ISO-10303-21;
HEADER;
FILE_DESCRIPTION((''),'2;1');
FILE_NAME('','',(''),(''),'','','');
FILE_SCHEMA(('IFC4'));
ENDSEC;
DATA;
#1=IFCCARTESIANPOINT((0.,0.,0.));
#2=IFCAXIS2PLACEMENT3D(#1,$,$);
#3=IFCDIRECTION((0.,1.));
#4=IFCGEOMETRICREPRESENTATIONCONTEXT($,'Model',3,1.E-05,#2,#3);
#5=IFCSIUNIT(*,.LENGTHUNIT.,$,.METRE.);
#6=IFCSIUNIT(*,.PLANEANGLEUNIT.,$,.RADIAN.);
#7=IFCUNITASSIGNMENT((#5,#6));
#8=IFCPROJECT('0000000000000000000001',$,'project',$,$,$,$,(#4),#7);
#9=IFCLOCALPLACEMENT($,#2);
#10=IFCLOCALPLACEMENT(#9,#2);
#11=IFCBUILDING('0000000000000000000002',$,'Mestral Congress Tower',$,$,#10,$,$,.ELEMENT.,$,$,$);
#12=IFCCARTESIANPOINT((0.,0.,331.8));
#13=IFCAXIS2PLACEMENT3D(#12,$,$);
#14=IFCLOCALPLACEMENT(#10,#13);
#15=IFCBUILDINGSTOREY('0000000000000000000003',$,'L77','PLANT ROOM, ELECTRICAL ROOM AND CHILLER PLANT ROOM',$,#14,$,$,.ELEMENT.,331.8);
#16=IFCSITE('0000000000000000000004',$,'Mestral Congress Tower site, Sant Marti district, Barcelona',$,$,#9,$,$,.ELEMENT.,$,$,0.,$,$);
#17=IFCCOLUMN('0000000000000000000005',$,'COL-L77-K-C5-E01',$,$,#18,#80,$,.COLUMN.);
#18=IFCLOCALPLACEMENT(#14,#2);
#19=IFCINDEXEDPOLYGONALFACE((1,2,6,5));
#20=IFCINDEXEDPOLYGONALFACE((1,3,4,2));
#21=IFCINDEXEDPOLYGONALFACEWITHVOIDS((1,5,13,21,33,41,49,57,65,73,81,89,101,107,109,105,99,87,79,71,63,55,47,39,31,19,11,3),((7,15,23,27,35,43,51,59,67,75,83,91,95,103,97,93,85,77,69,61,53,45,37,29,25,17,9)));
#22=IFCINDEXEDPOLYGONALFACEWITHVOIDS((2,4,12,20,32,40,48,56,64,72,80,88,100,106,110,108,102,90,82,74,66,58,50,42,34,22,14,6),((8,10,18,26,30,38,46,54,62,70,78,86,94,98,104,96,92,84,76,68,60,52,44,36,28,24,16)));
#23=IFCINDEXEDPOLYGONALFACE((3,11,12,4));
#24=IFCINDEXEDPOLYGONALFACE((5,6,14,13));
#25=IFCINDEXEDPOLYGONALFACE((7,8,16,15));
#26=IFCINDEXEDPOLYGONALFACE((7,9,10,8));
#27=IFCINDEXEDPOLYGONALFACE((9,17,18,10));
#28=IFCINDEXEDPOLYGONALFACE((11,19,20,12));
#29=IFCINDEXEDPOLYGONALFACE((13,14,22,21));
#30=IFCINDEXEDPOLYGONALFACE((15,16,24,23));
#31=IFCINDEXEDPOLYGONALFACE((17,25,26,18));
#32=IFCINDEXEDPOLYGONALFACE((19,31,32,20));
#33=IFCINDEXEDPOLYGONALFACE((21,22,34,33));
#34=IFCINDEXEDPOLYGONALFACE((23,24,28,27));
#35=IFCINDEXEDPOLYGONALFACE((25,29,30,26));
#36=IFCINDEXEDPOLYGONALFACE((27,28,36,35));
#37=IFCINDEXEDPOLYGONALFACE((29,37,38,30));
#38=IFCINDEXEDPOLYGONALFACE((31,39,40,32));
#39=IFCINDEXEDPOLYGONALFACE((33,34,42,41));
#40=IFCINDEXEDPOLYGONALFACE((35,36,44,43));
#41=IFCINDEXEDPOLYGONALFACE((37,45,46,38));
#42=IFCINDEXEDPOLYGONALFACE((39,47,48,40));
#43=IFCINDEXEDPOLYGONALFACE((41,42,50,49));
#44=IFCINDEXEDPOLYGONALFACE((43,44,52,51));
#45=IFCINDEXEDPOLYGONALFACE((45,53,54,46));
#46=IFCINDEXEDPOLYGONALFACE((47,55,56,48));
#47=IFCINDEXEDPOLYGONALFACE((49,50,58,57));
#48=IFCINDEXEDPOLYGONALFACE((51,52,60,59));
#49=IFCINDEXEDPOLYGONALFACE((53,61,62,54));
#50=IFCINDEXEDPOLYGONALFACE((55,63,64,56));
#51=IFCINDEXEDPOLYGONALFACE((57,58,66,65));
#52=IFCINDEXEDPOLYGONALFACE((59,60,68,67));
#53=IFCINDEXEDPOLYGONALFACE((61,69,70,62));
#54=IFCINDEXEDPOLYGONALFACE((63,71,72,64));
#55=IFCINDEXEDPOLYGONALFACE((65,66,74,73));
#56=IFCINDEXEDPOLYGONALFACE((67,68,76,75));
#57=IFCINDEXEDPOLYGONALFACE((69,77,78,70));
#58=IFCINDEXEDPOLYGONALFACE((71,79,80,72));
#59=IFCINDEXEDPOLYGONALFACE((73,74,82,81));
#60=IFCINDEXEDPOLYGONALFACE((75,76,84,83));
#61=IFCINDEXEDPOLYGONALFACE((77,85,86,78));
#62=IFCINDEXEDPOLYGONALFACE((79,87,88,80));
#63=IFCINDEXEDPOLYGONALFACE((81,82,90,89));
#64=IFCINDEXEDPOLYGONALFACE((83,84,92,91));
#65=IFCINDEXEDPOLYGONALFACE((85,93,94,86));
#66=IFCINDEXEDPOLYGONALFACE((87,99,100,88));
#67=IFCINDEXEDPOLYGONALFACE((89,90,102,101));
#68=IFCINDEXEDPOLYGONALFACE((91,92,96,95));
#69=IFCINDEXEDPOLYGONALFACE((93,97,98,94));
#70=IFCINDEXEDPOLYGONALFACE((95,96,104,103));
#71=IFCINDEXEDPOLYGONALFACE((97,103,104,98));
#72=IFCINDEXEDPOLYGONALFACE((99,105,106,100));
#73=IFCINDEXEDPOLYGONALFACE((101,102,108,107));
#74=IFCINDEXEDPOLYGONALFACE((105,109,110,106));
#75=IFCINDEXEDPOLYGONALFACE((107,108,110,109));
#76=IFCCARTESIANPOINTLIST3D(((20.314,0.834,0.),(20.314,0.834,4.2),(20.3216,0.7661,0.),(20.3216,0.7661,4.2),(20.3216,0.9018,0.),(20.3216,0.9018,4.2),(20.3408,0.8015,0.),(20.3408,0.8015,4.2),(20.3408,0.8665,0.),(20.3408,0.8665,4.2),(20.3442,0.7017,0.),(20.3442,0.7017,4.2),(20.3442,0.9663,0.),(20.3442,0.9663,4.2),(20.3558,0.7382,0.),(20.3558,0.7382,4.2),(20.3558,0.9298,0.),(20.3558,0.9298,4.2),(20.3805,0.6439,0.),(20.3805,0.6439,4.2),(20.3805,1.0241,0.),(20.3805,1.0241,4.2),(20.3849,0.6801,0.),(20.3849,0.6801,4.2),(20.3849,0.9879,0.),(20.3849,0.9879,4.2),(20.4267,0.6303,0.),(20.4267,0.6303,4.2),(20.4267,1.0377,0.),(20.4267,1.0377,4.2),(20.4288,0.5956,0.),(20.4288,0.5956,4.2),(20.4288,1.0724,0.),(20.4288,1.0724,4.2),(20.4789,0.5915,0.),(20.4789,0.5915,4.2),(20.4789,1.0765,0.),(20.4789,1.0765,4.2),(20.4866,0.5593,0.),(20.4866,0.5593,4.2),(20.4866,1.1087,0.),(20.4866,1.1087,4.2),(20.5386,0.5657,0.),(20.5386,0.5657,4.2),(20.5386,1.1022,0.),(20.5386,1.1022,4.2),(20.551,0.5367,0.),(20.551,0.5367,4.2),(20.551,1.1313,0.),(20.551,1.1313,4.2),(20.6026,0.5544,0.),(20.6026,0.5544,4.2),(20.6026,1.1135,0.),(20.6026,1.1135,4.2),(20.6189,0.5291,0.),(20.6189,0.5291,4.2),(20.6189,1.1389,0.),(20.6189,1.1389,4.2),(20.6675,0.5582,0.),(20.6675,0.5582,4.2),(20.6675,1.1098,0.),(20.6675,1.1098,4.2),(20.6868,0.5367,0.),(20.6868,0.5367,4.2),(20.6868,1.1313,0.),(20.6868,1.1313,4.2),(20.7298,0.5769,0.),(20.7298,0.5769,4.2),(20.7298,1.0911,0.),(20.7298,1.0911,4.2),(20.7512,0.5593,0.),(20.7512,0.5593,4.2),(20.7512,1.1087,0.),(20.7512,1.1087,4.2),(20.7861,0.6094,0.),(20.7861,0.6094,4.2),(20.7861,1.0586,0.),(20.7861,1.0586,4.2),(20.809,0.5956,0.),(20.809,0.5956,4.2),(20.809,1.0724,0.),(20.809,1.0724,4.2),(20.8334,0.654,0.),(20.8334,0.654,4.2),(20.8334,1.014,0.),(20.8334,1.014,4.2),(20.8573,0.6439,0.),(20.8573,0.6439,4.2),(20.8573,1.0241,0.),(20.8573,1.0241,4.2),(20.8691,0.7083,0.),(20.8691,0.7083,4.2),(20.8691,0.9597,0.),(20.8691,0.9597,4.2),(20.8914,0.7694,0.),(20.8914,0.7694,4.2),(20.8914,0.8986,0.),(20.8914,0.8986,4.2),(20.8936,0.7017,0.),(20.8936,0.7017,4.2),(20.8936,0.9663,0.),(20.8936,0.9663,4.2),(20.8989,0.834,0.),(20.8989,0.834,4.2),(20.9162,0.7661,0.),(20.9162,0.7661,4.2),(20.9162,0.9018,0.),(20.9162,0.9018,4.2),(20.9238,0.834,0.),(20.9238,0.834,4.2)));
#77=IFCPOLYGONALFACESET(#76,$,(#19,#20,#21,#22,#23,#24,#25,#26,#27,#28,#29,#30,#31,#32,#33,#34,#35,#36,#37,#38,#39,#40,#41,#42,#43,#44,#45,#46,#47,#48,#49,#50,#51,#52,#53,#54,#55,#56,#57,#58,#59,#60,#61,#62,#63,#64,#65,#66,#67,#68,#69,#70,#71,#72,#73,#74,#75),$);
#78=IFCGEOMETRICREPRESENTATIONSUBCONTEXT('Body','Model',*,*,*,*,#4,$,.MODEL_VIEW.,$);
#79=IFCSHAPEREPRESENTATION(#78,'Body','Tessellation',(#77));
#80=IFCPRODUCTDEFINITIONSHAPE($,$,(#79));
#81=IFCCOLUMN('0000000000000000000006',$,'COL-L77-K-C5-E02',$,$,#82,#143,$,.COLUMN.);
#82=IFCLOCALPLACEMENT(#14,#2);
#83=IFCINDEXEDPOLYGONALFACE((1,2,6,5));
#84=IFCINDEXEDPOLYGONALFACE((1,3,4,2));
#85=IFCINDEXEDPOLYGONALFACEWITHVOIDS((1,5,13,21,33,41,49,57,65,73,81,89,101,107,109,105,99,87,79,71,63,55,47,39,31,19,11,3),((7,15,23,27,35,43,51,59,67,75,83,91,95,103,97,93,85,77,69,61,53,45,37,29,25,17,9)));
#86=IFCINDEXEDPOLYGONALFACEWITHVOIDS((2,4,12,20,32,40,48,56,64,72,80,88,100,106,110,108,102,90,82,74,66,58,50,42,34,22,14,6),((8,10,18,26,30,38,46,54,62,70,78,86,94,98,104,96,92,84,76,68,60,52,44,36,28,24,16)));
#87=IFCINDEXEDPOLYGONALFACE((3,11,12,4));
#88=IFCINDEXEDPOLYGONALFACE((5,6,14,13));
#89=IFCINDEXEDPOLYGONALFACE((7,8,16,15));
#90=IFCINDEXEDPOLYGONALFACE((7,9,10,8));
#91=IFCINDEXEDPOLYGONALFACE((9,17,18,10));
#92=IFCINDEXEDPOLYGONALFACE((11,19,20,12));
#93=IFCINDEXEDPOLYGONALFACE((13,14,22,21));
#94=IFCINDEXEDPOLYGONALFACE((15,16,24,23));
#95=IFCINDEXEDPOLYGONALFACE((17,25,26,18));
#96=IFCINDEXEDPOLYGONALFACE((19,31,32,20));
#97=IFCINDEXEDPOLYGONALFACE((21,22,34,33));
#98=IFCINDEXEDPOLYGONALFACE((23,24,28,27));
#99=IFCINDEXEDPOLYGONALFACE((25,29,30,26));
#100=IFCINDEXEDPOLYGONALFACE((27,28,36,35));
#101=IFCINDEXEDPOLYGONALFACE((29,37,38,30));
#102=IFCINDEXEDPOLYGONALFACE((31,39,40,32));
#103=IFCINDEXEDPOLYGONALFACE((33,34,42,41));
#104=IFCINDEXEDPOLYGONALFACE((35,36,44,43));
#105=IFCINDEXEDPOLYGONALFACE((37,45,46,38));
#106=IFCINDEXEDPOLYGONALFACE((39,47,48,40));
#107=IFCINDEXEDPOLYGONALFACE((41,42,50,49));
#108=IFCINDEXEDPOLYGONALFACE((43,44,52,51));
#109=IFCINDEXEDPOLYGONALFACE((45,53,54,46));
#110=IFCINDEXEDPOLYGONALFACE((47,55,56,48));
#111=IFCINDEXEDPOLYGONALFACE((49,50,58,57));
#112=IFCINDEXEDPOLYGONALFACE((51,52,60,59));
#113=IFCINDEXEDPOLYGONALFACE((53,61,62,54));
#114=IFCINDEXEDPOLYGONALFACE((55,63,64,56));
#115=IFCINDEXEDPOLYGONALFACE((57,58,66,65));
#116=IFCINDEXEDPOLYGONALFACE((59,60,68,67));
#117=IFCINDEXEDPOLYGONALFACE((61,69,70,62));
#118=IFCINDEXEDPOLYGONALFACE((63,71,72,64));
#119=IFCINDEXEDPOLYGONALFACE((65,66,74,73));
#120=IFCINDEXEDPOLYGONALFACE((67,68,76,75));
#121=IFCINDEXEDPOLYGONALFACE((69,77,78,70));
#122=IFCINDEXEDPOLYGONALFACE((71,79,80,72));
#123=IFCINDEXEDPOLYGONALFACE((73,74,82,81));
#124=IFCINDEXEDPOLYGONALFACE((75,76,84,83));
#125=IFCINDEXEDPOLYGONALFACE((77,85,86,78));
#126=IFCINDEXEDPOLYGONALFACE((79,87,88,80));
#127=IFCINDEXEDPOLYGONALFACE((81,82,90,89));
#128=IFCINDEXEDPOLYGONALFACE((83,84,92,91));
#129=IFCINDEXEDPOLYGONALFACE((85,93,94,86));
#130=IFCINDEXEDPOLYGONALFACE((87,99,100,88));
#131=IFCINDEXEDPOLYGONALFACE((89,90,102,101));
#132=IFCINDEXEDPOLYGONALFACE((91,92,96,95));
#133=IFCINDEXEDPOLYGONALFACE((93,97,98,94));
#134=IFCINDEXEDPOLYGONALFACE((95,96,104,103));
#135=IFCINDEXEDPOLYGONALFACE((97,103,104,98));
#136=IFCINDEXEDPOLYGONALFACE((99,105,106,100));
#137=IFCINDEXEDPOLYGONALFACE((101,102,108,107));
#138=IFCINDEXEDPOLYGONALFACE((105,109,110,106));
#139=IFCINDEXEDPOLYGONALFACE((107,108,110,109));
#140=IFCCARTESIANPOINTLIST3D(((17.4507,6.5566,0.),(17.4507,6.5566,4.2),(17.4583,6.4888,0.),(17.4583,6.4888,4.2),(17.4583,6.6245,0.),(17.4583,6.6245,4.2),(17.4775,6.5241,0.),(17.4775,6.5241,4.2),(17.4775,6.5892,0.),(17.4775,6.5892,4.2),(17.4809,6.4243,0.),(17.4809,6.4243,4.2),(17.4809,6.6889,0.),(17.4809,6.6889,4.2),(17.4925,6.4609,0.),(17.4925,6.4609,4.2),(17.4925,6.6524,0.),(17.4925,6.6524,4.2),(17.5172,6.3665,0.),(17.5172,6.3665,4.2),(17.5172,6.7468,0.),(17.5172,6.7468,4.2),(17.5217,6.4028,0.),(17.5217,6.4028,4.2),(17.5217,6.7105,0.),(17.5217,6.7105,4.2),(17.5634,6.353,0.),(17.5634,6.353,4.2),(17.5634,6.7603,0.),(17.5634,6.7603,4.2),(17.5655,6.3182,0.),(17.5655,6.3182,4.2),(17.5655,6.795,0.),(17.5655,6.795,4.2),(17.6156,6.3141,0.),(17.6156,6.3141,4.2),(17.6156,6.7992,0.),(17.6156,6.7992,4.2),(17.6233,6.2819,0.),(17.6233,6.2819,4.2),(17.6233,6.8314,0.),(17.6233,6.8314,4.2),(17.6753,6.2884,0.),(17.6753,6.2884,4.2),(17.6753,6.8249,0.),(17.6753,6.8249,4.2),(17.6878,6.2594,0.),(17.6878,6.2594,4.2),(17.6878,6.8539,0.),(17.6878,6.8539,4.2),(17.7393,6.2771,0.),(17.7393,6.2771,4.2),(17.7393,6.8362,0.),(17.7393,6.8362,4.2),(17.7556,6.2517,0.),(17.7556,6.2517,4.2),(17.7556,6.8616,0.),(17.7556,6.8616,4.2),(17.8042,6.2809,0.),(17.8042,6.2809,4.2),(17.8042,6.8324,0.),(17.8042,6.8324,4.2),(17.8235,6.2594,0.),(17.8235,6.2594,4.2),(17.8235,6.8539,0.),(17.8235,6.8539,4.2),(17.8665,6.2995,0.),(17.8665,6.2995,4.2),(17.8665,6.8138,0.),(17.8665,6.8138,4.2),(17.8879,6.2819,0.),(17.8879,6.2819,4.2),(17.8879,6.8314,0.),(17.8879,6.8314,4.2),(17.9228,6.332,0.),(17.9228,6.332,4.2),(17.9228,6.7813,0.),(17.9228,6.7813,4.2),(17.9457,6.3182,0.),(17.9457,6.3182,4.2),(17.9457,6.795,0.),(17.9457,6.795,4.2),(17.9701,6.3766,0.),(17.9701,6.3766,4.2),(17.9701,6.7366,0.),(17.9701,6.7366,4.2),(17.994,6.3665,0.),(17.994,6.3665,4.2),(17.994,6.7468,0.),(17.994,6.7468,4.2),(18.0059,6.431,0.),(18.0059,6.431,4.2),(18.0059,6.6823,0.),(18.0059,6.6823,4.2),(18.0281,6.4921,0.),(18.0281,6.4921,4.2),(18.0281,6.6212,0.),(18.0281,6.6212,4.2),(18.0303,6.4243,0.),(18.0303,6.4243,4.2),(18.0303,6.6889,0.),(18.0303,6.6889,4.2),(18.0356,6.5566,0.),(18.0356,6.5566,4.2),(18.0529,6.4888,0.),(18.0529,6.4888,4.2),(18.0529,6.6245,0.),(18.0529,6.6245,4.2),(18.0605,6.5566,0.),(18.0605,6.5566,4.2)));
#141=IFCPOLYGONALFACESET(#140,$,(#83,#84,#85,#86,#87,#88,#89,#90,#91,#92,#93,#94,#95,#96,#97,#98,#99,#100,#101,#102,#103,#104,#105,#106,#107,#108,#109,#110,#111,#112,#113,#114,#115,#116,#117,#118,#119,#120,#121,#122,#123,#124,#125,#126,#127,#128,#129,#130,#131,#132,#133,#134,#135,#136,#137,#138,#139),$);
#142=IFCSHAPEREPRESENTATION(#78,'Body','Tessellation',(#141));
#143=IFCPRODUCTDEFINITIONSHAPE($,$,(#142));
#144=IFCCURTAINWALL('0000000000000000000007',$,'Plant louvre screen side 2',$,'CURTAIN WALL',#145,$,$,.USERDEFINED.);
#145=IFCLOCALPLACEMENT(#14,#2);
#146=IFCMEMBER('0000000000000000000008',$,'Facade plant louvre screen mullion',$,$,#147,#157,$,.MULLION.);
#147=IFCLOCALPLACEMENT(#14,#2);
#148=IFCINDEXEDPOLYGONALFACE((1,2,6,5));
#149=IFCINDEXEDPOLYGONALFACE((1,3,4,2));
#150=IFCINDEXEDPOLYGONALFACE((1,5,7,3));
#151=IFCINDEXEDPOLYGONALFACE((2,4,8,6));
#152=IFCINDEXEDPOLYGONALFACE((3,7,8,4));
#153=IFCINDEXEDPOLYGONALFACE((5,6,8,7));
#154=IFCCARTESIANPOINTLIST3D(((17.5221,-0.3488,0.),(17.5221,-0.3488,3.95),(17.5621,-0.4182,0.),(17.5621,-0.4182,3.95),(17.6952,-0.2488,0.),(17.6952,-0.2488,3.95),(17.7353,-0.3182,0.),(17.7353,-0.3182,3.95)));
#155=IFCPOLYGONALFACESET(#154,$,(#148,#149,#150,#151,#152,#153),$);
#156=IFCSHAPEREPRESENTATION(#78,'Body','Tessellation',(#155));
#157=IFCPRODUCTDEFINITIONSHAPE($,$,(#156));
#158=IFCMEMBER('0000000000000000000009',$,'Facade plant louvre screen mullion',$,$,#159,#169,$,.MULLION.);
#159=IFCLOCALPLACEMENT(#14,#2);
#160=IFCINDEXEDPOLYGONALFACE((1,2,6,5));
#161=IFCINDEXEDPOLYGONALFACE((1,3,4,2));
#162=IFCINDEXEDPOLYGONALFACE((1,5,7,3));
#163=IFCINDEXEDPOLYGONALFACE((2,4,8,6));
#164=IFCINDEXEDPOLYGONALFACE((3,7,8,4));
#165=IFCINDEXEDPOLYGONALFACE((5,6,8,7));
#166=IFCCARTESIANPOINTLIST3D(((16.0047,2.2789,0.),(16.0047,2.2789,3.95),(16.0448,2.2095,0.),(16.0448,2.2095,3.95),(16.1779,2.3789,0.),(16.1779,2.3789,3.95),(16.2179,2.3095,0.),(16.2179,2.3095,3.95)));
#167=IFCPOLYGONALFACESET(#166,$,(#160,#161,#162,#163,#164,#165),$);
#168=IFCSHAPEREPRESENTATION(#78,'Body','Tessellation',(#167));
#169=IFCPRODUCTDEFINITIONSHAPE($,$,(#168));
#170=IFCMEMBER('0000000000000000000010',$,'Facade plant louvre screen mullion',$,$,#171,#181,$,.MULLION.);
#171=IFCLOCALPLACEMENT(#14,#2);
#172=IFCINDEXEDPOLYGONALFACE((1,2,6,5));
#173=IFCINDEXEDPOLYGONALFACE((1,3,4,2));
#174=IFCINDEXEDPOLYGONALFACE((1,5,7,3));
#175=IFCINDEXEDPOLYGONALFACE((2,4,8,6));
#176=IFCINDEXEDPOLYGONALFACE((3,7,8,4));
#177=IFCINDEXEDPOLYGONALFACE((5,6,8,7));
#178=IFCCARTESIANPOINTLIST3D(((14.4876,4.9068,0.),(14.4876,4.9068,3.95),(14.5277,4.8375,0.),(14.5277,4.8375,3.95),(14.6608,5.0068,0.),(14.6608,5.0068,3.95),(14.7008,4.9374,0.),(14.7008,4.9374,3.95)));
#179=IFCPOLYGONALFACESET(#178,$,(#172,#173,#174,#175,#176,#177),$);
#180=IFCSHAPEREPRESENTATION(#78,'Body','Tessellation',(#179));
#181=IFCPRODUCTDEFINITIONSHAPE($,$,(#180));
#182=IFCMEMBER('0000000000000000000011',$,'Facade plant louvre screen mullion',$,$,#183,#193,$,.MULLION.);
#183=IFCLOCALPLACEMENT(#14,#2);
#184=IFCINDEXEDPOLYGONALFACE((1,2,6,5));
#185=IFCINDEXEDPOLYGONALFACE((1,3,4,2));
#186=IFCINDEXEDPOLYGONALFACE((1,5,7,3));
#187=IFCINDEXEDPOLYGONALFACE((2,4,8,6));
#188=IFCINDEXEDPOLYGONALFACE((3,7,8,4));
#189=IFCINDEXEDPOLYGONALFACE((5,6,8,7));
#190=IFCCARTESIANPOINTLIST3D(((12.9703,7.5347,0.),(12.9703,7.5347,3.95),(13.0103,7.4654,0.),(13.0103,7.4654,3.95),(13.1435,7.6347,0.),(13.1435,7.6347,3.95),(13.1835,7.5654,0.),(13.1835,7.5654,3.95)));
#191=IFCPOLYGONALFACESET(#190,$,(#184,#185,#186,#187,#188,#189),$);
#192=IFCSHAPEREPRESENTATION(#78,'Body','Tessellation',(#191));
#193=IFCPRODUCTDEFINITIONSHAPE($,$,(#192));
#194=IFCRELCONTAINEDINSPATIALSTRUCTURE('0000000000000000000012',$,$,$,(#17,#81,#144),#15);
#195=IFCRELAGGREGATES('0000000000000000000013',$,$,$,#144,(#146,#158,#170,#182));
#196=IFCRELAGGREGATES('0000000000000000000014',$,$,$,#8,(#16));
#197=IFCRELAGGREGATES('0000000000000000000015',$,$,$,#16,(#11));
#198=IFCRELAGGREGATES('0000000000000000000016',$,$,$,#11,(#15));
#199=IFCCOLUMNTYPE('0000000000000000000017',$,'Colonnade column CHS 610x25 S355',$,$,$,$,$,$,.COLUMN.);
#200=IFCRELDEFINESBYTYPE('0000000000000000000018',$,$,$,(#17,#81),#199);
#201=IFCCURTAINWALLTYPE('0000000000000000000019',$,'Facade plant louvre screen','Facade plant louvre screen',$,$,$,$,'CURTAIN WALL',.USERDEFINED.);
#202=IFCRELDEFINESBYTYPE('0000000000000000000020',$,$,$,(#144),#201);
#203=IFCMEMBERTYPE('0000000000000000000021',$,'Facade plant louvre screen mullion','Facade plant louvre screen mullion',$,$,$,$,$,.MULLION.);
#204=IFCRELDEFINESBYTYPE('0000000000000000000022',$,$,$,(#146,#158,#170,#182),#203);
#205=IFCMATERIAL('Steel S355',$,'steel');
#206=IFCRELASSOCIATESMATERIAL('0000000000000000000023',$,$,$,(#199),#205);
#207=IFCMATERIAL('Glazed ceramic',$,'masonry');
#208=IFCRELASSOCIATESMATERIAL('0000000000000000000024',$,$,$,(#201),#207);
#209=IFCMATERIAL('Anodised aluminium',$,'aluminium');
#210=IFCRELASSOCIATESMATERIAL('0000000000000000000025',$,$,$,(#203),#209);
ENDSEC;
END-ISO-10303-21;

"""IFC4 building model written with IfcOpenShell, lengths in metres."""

from ifc_helpers import new_model, si_unit, direction, frame, origin, origin_2d, place, context, subcontext, project, spatial, rectangle, hollow_circle, extrude, material, material_profile, profile_set, type_object, element, aggregate, save


model = new_model("IFC4")

# Units and contexts
model_context = context("Model", 3, precision=1e-05, world=origin(), true_north=direction((0.0, 1.0)))
body_context = subcontext(model_context, "Body", "Model", "MODEL_VIEW")
ifc_project = project(units=[si_unit("LENGTHUNIT", "METRE"), si_unit("PLANEANGLEUNIT", "RADIAN")], contexts=[model_context])

# Site, building, storey
site_placement = place(None, origin())
site = spatial("IfcSite", under=ifc_project, at=site_placement, Name="Mestral Congress Tower site, Sant Marti district, Barcelona", CompositionType="ELEMENT", RefElevation=0.0)
building_placement = place(site_placement, origin())
building = spatial("IfcBuilding", under=site, at=building_placement, Name="Mestral Congress Tower", CompositionType="ELEMENT")
storey_placement = place(building_placement, frame((0.0, 0.0, 331.8)))
storey = spatial("IfcBuildingStorey", under=building, at=storey_placement, Name="L77", Description="PLANT ROOM, ELECTRICAL ROOM AND CHILLER PLANT ROOM", CompositionType="ELEMENT", Elevation=331.8)

# Columns
ifc_material_1 = material(Name="Steel S355", Category="steel")
ifc_material_profile_1 = material_profile(ifc_material_1, hollow_circle(Radius=0.3049, WallThickness=0.0249, at=origin_2d()), Name="CHS 610x25")
ifc_profile_set_1 = profile_set([ifc_material_profile_1], Name="Steel S355")
column_type = type_object("IfcColumnType", Name="Colonnade column CHS 610x25 S355", PredefinedType="COLUMN", material=ifc_profile_set_1)
for number, where, z_axis, x_axis, name in (
    (1, (20.6189, 0.834, 0.0), (0.0, 0.0, 1.0), (1.0, 0.0, 0.0), "COL-L77-K-C5-E01"),
    (2, (17.7556, 6.5566, 0.0), (0.0, 0.0, 1.0), (1.0, 0.0, 0.0), "COL-L77-K-C5-E02"),
):
    element("IfcColumn", number, at=place(storey_placement, frame(where, z_axis=z_axis, x_axis=x_axis)), inside=storey, type_object=column_type, Name=name, PredefinedType="COLUMN", context=body_context, shape_type="SweptSolid", body=[
        extrude(hollow_circle(Radius=0.3049, WallThickness=0.0249, at=origin_2d()), origin(), (0.0, 0.0, 1.0), 4.2),
    ])

# Curtain wall, members
ifc_material_2 = material(Name="Glazed ceramic", Category="masonry")
curtain_wall_type = type_object("IfcCurtainWallType", Name="Facade plant louvre screen", Description="Facade plant louvre screen", ElementType="CURTAIN WALL", PredefinedType="USERDEFINED", material=ifc_material_2)
curtain_wall_placement = place(storey_placement, origin())
curtain_wall = element("IfcCurtainWall", 3, at=curtain_wall_placement, inside=storey, type_object=curtain_wall_type, Name="Plant louvre screen side 2", ObjectType="CURTAIN WALL", PredefinedType="USERDEFINED")
ifc_material_3 = material(Name="Anodised aluminium", Category="aluminium")
ifc_material_profile_2 = material_profile(ifc_material_3, rectangle(XDim=0.2, YDim=0.0801, at=origin_2d()), Name="CW6 mullion 200 x 80")
ifc_profile_set_2 = profile_set([ifc_material_profile_2], Name="Anodised aluminium")
member_type_1 = type_object("IfcMemberType", Name="Facade plant louvre screen mullion", Description="Facade plant louvre screen mullion", PredefinedType="MULLION", material=ifc_profile_set_2)
member_1_placement = place(storey_placement, frame((17.6287, -0.3335, 0.0), z_axis=(0.0, 0.0, 1.0), x_axis=(0.866025, 0.500002, 0.0)))
member_1 = element("IfcMember", 4, at=member_1_placement, type_object=member_type_1, Name="Facade plant louvre screen mullion", PredefinedType="MULLION", context=body_context, shape_type="SweptSolid", body=[
    extrude(rectangle(XDim=0.2, YDim=0.0801, at=origin_2d()), origin(), (0.0, 0.0, 1.0), 3.95),
])
member_2_placement = place(storey_placement, frame((16.1113, 2.2942, 0.0), z_axis=(0.0, 0.0, 1.0), x_axis=(0.866025, 0.500002, 0.0)))
member_2 = element("IfcMember", 5, at=member_2_placement, type_object=member_type_1, Name="Facade plant louvre screen mullion", PredefinedType="MULLION", context=body_context, shape_type="SweptSolid", body=[
    extrude(rectangle(XDim=0.2, YDim=0.0801, at=origin_2d()), origin(), (0.0, 0.0, 1.0), 3.95),
])
member_3_placement = place(storey_placement, frame((14.5942, 4.9221, 0.0), z_axis=(0.0, 0.0, 1.0), x_axis=(0.866025, 0.500002, 0.0)))
member_3 = element("IfcMember", 6, at=member_3_placement, type_object=member_type_1, Name="Facade plant louvre screen mullion", PredefinedType="MULLION", context=body_context, shape_type="SweptSolid", body=[
    extrude(rectangle(XDim=0.2, YDim=0.0801, at=origin_2d()), origin(), (0.0, 0.0, 1.0), 3.95),
])
member_4_placement = place(storey_placement, frame((13.0769, 7.55, 0.0), z_axis=(0.0, 0.0, 1.0), x_axis=(0.866025, 0.500002, 0.0)))
member_4 = element("IfcMember", 7, at=member_4_placement, type_object=member_type_1, Name="Facade plant louvre screen mullion", PredefinedType="MULLION", context=body_context, shape_type="SweptSolid", body=[
    extrude(rectangle(XDim=0.2, YDim=0.0801, at=origin_2d()), origin(), (0.0, 0.0, 1.0), 3.95),
])

aggregate(curtain_wall, [member_1, member_2, member_3, member_4])

save(model, "model.ifc")
